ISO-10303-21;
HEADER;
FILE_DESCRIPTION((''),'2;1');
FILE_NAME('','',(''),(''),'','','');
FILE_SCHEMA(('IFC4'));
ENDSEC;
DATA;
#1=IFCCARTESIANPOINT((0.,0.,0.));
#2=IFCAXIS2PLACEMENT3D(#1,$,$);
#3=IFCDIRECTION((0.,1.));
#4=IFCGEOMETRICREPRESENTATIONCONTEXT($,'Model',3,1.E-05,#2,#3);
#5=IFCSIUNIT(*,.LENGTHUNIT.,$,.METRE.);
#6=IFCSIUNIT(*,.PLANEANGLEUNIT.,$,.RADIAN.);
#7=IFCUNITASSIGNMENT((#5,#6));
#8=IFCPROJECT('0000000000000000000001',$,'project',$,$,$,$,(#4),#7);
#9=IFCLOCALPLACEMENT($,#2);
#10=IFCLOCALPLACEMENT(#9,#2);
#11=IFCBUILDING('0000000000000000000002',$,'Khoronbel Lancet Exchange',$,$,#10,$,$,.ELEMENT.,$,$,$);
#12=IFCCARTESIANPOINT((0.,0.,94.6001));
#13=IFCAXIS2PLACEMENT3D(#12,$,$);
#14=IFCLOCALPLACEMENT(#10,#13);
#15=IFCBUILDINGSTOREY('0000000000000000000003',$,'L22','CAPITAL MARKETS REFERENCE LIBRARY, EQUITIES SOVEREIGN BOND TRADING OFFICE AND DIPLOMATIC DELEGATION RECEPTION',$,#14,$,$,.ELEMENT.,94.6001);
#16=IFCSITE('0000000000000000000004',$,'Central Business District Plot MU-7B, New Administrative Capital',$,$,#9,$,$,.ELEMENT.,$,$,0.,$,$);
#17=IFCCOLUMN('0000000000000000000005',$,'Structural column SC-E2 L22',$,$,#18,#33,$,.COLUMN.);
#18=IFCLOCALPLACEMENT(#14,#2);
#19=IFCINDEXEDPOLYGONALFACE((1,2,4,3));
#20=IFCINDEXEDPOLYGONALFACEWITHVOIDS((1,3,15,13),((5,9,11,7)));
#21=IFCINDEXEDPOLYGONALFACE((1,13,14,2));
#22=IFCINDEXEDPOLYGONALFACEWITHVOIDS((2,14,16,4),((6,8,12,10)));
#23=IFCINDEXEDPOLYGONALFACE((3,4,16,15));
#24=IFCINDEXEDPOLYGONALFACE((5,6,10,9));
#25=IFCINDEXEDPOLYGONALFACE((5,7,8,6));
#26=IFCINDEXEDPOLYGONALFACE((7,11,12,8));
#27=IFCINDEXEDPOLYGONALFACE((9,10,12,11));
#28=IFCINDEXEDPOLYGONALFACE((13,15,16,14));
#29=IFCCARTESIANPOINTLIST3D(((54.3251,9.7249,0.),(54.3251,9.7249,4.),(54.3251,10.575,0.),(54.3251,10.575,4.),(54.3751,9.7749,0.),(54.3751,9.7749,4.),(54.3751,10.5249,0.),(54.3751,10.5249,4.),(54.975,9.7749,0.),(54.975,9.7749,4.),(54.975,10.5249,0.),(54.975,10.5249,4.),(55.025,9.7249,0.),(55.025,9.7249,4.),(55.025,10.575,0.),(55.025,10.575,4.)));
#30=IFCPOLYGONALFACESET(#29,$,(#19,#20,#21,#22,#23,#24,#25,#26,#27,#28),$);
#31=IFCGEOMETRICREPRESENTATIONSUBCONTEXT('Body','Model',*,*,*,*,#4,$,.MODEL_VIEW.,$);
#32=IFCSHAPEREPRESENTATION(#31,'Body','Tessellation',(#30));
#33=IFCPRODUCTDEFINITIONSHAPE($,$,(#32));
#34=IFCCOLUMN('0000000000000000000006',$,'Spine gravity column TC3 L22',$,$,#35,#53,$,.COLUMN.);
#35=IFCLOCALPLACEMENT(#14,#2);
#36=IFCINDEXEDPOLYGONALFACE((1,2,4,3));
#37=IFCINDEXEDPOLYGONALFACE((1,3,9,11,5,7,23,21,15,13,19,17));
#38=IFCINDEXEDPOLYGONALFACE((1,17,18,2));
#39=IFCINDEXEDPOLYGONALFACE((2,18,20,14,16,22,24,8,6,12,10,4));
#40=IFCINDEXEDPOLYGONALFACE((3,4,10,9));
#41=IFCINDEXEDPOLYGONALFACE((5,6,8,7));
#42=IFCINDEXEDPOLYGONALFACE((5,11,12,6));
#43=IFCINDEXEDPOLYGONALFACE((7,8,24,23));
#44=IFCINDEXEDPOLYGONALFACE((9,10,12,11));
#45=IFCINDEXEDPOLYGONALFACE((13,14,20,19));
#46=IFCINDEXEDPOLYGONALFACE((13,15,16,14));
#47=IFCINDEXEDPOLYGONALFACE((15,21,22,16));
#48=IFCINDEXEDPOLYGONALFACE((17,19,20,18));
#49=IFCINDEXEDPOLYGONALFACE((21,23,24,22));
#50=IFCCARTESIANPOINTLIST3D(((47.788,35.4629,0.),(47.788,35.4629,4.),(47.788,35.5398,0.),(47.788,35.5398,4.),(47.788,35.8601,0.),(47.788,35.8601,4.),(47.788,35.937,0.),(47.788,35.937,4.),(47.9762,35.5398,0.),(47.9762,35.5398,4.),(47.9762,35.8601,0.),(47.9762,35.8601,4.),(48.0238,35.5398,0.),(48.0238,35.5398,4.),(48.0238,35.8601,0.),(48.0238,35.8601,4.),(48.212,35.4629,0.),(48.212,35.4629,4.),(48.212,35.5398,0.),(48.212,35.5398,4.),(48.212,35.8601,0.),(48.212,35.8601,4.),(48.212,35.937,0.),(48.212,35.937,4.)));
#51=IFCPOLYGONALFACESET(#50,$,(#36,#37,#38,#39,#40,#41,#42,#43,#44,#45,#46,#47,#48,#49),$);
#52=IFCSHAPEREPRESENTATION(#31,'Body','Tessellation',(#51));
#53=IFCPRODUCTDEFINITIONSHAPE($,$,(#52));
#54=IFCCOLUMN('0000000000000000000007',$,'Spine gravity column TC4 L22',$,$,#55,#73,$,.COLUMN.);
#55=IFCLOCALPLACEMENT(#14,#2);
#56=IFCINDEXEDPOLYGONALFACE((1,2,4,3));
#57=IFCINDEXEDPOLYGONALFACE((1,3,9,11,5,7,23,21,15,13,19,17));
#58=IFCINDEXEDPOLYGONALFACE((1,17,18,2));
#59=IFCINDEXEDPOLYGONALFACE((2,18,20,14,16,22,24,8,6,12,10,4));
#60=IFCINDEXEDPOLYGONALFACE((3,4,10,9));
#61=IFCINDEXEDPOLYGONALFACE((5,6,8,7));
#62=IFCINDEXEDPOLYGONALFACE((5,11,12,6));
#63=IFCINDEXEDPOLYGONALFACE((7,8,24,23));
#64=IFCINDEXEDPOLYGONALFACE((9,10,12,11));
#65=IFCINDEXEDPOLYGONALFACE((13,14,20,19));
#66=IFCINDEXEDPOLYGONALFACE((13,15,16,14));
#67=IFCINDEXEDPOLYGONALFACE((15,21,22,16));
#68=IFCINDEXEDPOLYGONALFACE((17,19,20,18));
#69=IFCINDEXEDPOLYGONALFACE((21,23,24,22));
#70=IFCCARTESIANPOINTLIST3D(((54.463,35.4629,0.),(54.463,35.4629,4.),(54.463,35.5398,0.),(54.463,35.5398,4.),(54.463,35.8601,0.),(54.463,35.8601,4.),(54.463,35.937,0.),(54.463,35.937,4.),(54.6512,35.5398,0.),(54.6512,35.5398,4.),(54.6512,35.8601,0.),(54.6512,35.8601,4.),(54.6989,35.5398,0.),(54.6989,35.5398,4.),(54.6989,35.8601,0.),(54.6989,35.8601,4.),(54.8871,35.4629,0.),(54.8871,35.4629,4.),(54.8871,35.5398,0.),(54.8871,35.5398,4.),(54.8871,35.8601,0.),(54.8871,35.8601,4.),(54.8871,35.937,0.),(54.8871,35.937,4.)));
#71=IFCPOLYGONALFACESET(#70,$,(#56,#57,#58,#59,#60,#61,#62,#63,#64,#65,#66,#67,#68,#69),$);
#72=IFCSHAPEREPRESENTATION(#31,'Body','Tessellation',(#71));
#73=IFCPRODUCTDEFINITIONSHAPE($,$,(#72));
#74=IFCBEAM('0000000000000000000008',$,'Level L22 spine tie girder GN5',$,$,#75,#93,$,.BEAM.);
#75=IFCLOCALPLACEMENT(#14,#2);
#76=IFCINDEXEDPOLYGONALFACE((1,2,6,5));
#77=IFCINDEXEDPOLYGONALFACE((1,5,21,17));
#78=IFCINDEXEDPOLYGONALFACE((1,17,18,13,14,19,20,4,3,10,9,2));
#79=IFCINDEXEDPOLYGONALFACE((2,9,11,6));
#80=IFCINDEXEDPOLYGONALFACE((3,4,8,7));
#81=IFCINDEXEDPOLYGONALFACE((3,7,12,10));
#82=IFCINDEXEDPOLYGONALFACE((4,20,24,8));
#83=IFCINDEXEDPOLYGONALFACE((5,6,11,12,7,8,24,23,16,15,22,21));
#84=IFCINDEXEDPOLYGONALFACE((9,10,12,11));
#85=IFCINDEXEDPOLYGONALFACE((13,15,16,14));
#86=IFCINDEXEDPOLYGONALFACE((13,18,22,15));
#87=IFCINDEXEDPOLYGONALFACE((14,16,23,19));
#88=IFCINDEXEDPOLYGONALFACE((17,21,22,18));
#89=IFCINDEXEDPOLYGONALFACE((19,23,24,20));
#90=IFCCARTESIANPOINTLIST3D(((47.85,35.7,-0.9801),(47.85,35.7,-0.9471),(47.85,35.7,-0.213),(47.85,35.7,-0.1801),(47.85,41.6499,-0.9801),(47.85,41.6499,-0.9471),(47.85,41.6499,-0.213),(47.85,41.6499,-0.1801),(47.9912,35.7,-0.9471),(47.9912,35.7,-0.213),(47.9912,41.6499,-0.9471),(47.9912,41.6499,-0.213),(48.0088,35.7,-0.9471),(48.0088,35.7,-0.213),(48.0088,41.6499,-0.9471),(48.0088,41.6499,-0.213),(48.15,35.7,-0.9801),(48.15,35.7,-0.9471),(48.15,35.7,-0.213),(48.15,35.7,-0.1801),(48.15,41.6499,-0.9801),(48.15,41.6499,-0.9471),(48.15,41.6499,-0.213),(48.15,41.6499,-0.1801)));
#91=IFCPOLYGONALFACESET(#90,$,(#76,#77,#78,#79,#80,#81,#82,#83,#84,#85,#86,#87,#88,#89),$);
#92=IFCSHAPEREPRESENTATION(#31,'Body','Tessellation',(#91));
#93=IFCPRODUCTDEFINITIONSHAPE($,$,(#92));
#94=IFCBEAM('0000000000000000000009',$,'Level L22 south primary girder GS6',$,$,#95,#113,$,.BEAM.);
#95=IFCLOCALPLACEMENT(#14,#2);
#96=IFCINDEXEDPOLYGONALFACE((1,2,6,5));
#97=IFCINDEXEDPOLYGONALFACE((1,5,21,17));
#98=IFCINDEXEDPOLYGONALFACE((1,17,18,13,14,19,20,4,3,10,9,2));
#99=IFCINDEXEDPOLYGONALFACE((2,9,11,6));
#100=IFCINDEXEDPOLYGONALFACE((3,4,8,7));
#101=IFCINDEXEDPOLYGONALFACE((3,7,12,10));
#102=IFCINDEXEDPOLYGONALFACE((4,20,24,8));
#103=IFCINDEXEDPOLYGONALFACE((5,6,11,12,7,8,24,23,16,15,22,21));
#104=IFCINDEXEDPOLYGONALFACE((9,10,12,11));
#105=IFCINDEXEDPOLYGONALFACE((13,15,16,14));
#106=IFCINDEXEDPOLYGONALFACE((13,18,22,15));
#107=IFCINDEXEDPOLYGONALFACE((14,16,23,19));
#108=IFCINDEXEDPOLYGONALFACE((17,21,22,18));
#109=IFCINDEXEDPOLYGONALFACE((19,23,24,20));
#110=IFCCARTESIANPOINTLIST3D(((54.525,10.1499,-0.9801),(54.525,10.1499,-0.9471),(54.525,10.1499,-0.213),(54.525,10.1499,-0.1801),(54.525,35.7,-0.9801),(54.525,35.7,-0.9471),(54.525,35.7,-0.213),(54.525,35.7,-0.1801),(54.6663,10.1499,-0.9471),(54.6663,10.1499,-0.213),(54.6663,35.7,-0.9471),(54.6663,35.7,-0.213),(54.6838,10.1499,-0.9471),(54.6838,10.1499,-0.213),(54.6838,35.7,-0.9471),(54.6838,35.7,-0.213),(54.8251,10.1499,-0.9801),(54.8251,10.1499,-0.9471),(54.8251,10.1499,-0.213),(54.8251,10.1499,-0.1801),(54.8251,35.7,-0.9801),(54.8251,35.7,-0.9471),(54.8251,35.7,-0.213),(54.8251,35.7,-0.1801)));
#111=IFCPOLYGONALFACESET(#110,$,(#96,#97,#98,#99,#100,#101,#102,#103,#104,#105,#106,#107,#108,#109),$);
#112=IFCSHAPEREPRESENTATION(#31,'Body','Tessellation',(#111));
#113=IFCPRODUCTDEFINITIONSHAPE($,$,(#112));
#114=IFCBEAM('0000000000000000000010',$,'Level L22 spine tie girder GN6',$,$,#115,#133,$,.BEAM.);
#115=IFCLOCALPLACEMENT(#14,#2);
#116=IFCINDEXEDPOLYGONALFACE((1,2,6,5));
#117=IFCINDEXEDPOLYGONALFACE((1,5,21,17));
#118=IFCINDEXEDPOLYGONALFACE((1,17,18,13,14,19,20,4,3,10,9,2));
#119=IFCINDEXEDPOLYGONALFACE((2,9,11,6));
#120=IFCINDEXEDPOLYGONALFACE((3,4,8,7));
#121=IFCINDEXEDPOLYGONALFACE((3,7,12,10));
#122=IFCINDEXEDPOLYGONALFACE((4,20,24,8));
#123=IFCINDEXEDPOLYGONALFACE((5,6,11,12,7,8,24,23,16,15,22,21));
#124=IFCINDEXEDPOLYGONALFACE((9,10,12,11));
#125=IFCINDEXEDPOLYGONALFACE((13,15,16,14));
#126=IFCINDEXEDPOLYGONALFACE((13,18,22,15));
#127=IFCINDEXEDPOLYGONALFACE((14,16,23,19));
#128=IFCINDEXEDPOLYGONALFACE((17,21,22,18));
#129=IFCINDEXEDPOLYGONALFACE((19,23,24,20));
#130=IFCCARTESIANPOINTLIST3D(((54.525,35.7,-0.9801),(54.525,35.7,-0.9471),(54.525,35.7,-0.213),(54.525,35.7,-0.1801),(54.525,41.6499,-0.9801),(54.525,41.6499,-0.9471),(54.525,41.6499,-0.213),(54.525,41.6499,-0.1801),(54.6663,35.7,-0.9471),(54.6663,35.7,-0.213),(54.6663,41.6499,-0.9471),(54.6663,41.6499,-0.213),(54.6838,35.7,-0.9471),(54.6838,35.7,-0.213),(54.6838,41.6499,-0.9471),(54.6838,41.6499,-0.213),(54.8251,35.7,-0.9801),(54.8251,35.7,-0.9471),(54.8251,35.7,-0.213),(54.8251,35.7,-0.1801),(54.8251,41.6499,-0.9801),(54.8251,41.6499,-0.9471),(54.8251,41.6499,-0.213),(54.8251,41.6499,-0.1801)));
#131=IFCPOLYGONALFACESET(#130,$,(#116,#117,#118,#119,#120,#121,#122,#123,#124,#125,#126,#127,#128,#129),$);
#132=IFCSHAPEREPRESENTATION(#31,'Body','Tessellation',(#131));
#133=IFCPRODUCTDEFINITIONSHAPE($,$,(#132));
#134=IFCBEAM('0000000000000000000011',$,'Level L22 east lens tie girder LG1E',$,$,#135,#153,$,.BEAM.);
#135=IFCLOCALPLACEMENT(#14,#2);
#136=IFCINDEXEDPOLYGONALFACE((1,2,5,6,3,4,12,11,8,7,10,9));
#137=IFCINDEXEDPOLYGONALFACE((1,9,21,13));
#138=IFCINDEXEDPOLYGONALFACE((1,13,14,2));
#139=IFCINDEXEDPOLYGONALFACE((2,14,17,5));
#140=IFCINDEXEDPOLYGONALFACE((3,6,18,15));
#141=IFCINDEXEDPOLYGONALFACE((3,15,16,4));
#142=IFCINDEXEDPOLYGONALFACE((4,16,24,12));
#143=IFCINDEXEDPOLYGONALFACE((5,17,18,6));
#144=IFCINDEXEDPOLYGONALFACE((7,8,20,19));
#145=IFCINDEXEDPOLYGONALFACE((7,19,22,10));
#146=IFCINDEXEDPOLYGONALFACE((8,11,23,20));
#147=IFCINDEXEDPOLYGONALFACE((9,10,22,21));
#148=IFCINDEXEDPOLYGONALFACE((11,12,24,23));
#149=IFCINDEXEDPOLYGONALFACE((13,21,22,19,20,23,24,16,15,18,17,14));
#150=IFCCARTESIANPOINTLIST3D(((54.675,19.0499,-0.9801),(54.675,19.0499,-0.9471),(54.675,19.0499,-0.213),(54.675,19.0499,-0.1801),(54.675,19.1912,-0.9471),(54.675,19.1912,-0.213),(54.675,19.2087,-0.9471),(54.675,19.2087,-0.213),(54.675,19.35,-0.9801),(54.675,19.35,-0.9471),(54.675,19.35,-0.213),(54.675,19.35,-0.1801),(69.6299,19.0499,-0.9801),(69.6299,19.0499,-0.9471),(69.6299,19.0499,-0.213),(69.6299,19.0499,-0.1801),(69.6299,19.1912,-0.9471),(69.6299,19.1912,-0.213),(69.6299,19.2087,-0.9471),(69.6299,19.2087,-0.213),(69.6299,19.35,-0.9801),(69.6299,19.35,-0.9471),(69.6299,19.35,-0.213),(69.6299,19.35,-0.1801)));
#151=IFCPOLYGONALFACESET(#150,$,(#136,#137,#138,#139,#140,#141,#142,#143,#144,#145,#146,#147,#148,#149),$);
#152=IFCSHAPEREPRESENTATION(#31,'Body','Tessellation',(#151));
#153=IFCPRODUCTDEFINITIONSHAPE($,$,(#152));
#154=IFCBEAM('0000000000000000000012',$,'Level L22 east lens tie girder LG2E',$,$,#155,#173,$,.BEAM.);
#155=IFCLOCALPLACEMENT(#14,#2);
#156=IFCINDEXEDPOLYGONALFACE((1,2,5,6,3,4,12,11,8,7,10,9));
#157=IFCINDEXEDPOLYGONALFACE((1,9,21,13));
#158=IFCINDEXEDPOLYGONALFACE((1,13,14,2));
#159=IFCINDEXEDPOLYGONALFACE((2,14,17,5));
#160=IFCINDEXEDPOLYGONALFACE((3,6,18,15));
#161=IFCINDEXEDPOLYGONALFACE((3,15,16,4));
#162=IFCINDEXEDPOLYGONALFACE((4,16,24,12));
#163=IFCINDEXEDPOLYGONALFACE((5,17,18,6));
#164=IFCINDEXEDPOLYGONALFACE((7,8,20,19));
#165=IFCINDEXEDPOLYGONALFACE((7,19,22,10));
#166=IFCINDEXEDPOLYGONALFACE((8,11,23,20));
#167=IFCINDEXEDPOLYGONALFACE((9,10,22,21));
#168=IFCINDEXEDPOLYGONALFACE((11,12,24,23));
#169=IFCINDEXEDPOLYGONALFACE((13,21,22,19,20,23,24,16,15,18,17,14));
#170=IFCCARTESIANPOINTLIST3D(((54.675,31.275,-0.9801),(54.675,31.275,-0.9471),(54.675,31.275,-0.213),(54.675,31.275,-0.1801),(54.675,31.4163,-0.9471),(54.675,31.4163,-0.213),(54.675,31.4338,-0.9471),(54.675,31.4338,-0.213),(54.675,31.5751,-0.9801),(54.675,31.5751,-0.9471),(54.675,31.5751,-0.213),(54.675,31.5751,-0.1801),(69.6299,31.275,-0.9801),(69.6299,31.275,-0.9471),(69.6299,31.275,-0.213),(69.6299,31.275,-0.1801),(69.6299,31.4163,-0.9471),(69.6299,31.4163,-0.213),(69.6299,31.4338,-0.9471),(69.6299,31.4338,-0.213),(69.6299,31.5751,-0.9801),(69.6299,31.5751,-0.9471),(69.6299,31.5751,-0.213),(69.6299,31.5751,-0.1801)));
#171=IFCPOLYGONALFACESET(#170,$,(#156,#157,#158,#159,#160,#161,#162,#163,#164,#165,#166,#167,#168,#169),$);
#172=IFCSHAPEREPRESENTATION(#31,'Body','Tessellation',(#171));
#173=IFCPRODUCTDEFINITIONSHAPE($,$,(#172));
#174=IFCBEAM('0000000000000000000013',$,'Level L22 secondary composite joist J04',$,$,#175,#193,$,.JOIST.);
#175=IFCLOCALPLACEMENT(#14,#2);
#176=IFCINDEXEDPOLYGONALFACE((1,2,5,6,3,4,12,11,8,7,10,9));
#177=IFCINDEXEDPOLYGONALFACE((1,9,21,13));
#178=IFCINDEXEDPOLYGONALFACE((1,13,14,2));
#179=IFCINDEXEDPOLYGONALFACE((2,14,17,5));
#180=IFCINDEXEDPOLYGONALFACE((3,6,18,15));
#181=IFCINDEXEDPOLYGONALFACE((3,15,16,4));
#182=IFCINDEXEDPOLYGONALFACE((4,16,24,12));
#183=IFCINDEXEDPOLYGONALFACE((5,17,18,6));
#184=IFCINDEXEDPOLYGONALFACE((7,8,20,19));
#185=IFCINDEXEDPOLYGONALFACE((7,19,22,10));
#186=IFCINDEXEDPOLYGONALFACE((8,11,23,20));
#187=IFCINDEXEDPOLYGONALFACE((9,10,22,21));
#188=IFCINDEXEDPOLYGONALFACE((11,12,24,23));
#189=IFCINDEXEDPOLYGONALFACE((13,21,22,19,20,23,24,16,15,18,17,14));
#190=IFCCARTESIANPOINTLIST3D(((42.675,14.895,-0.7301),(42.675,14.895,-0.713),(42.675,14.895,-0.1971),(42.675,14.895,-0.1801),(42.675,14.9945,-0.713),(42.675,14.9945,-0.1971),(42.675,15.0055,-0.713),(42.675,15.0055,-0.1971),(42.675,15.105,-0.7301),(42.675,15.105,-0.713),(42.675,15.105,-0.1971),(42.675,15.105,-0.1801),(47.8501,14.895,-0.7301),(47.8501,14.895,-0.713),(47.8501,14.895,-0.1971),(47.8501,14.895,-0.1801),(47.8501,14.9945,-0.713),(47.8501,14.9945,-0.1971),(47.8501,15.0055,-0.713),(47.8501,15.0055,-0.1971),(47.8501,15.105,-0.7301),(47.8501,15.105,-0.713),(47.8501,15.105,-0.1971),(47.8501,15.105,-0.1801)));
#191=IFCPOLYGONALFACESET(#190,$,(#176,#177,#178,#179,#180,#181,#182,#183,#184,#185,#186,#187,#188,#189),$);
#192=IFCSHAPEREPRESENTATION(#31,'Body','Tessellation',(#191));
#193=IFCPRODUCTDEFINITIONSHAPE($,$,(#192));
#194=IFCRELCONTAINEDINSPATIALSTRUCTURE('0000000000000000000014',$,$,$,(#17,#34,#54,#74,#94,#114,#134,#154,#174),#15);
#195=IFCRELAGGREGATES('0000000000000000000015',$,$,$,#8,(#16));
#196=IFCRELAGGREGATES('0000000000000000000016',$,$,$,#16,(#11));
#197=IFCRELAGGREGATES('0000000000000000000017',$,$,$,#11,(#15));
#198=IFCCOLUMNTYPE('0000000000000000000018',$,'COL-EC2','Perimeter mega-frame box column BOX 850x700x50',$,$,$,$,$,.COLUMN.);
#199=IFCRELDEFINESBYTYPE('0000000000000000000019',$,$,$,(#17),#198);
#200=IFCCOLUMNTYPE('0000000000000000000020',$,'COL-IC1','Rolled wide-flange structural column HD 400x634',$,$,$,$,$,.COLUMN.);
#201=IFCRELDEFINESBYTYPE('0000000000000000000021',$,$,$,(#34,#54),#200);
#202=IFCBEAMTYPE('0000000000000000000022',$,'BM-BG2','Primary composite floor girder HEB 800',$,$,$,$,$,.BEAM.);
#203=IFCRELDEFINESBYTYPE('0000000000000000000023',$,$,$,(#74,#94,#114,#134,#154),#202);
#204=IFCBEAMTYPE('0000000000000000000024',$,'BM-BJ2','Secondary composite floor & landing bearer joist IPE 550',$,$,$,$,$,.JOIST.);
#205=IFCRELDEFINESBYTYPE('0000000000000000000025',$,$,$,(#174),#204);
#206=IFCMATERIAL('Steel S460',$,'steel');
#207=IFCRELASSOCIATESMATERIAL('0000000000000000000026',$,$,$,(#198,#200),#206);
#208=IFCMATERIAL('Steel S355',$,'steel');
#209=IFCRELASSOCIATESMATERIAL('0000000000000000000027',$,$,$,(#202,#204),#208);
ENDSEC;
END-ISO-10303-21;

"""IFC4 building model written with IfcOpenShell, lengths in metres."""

from ifc_helpers import new_model, si_unit, direction, frame, origin, origin_2d, place, context, subcontext, project, spatial, hollow_rectangle, i_section, extrude, material, material_profile, profile_set, type_object, element, save


model = new_model("IFC4")

# Units and contexts
model_context = context("Model", 3, precision=1e-05, world=origin(), true_north=direction((0.0, 1.0)))
body_context = subcontext(model_context, "Body", "Model", "MODEL_VIEW")
ifc_project = project(units=[si_unit("LENGTHUNIT", "METRE"), si_unit("PLANEANGLEUNIT", "RADIAN")], contexts=[model_context])

# Site, building, storey
site_placement = place(None, origin())
site = spatial("IfcSite", under=ifc_project, at=site_placement, Name="Central Business District Plot MU-7B, New Administrative Capital", CompositionType="ELEMENT", RefElevation=0.0)
building_placement = place(site_placement, origin())
building = spatial("IfcBuilding", under=site, at=building_placement, Name="Khoronbel Lancet Exchange", CompositionType="ELEMENT")
storey_placement = place(building_placement, frame((0.0, 0.0, 94.6001)))
storey = spatial("IfcBuildingStorey", under=building, at=storey_placement, Name="L22", Description="CAPITAL MARKETS REFERENCE LIBRARY, EQUITIES SOVEREIGN BOND TRADING OFFICE AND DIPLOMATIC DELEGATION RECEPTION", CompositionType="ELEMENT", Elevation=94.6001)

# Columns
ifc_material_1 = material(Name="Steel S460", Category="steel")
ifc_material_profile_1 = material_profile(ifc_material_1, hollow_rectangle(XDim=0.7, YDim=0.8501, WallThickness=0.05, at=origin_2d()), Name="BOX 850x700x50")
ifc_profile_set_1 = profile_set([ifc_material_profile_1], Name="Steel S460")
column_type_1 = type_object("IfcColumnType", Name="COL-EC2", Description="Perimeter mega-frame box column BOX 850x700x50", PredefinedType="COLUMN", material=ifc_profile_set_1)
column_placement = place(storey_placement, frame((54.675, 10.1499, 0.0), z_axis=(0.0, 0.0, 1.0), x_axis=(1.0, 0.0, 0.0)))
element("IfcColumn", 1, at=column_placement, inside=storey, type_object=column_type_1, Name="Structural column SC-E2 L22", PredefinedType="COLUMN", context=body_context, shape_type="SweptSolid", body=[
    extrude(hollow_rectangle(XDim=0.7, YDim=0.8501, WallThickness=0.05, at=origin_2d()), origin(), (0.0, 0.0, 1.0), 4.0),
])
ifc_material_profile_2 = material_profile(ifc_material_1, i_section(OverallWidth=0.4241, OverallDepth=0.4741, WebThickness=0.0476, FlangeThickness=0.0769, at=origin_2d()), Name="HD 400x634")
ifc_profile_set_2 = profile_set([ifc_material_profile_2], Name="Steel S460")
column_type_2 = type_object("IfcColumnType", Name="COL-IC1", Description="Rolled wide-flange structural column HD 400x634", PredefinedType="COLUMN", material=ifc_profile_set_2)
for number, where, z_axis, x_axis, name in (
    (2, (48.0, 35.7, 0.0), (0.0, 0.0, 1.0), (1.0, 0.0, 0.0), "Spine gravity column TC3 L22"),
    (3, (54.675, 35.7, 0.0), (0.0, 0.0, 1.0), (1.0, 0.0, 0.0), "Spine gravity column TC4 L22"),
):
    element("IfcColumn", number, at=place(storey_placement, frame(where, z_axis=z_axis, x_axis=x_axis)), inside=storey, type_object=column_type_2, Name=name, PredefinedType="COLUMN", context=body_context, shape_type="SweptSolid", body=[
        extrude(i_section(OverallWidth=0.4241, OverallDepth=0.4741, WebThickness=0.0476, FlangeThickness=0.0769, at=origin_2d()), origin(), (0.0, 0.0, 1.0), 4.0),
    ])

# Beams
ifc_material_2 = material(Name="Steel S355", Category="steel")
ifc_material_profile_3 = material_profile(ifc_material_2, i_section(OverallWidth=0.3, OverallDepth=0.8, WebThickness=0.0176, FlangeThickness=0.033, at=origin_2d()), Name="HEB 800")
ifc_profile_set_3 = profile_set([ifc_material_profile_3], Name="Steel S355")
beam_type_1 = type_object("IfcBeamType", Name="BM-BG2", Description="Primary composite floor girder HEB 800", PredefinedType="BEAM", material=ifc_profile_set_3)
beam_1_placement = place(storey_placement, frame((48.0, 35.7, -0.5801), z_axis=(0.0, 1.0, 0.0), x_axis=(-1.0, 0.0, 0.0)))
element("IfcBeam", 4, at=beam_1_placement, inside=storey, type_object=beam_type_1, Name="Level L22 spine tie girder GN5", PredefinedType="BEAM", context=body_context, shape_type="SweptSolid", body=[
    extrude(i_section(OverallWidth=0.3, OverallDepth=0.8, WebThickness=0.0176, FlangeThickness=0.033, at=origin_2d()), origin(), (0.0, 0.0, 1.0), 5.95),
])
beam_2_placement = place(storey_placement, frame((54.675, 10.1499, -0.5801), z_axis=(0.0, 1.0, 0.0), x_axis=(-1.0, 0.0, 0.0)))
element("IfcBeam", 5, at=beam_2_placement, inside=storey, type_object=beam_type_1, Name="Level L22 south primary girder GS6", PredefinedType="BEAM", context=body_context, shape_type="SweptSolid", body=[
    extrude(i_section(OverallWidth=0.3, OverallDepth=0.8, WebThickness=0.0176, FlangeThickness=0.033, at=origin_2d()), origin(), (0.0, 0.0, 1.0), 25.55),
])
beam_3_placement = place(storey_placement, frame((54.675, 35.7, -0.5801), z_axis=(0.0, 1.0, 0.0), x_axis=(-1.0, 0.0, 0.0)))
element("IfcBeam", 6, at=beam_3_placement, inside=storey, type_object=beam_type_1, Name="Level L22 spine tie girder GN6", PredefinedType="BEAM", context=body_context, shape_type="SweptSolid", body=[
    extrude(i_section(OverallWidth=0.3, OverallDepth=0.8, WebThickness=0.0176, FlangeThickness=0.033, at=origin_2d()), origin(), (0.0, 0.0, 1.0), 5.95),
])
for number, where, z_axis, x_axis, name in (
    (7, (54.675, 19.2, -0.5801), (1.0, 0.0, 0.0), (0.0, 1.0, 0.0), "Level L22 east lens tie girder LG1E"),
    (8, (54.675, 31.425, -0.5801), (1.0, 0.0, 0.0), (0.0, 1.0, 0.0), "Level L22 east lens tie girder LG2E"),
):
    element("IfcBeam", number, at=place(storey_placement, frame(where, z_axis=z_axis, x_axis=x_axis)), inside=storey, type_object=beam_type_1, Name=name, PredefinedType="BEAM", context=body_context, shape_type="SweptSolid", body=[
        extrude(i_section(OverallWidth=0.3, OverallDepth=0.8, WebThickness=0.0176, FlangeThickness=0.033, at=origin_2d()), origin(), (0.0, 0.0, 1.0), 14.9548),
    ])
ifc_material_profile_4 = material_profile(ifc_material_2, i_section(OverallWidth=0.21, OverallDepth=0.55, WebThickness=0.011, FlangeThickness=0.0171, at=origin_2d()), Name="IPE 550")
ifc_profile_set_4 = profile_set([ifc_material_profile_4], Name="Steel S355")
beam_type_2 = type_object("IfcBeamType", Name="BM-BJ2", Description="Secondary composite floor & landing bearer joist IPE 550", PredefinedType="JOIST", material=ifc_profile_set_4)
beam_4_placement = place(storey_placement, frame((42.675, 15.0, -0.4551), z_axis=(1.0, 0.0, 0.0), x_axis=(0.0, 1.0, 0.0)))
element("IfcBeam", 9, at=beam_4_placement, inside=storey, type_object=beam_type_2, Name="Level L22 secondary composite joist J04", PredefinedType="JOIST", context=body_context, shape_type="SweptSolid", body=[
    extrude(i_section(OverallWidth=0.21, OverallDepth=0.55, WebThickness=0.011, FlangeThickness=0.0171, at=origin_2d()), origin(), (0.0, 0.0, 1.0), 5.175),
])

save(model, "model.ifc")
